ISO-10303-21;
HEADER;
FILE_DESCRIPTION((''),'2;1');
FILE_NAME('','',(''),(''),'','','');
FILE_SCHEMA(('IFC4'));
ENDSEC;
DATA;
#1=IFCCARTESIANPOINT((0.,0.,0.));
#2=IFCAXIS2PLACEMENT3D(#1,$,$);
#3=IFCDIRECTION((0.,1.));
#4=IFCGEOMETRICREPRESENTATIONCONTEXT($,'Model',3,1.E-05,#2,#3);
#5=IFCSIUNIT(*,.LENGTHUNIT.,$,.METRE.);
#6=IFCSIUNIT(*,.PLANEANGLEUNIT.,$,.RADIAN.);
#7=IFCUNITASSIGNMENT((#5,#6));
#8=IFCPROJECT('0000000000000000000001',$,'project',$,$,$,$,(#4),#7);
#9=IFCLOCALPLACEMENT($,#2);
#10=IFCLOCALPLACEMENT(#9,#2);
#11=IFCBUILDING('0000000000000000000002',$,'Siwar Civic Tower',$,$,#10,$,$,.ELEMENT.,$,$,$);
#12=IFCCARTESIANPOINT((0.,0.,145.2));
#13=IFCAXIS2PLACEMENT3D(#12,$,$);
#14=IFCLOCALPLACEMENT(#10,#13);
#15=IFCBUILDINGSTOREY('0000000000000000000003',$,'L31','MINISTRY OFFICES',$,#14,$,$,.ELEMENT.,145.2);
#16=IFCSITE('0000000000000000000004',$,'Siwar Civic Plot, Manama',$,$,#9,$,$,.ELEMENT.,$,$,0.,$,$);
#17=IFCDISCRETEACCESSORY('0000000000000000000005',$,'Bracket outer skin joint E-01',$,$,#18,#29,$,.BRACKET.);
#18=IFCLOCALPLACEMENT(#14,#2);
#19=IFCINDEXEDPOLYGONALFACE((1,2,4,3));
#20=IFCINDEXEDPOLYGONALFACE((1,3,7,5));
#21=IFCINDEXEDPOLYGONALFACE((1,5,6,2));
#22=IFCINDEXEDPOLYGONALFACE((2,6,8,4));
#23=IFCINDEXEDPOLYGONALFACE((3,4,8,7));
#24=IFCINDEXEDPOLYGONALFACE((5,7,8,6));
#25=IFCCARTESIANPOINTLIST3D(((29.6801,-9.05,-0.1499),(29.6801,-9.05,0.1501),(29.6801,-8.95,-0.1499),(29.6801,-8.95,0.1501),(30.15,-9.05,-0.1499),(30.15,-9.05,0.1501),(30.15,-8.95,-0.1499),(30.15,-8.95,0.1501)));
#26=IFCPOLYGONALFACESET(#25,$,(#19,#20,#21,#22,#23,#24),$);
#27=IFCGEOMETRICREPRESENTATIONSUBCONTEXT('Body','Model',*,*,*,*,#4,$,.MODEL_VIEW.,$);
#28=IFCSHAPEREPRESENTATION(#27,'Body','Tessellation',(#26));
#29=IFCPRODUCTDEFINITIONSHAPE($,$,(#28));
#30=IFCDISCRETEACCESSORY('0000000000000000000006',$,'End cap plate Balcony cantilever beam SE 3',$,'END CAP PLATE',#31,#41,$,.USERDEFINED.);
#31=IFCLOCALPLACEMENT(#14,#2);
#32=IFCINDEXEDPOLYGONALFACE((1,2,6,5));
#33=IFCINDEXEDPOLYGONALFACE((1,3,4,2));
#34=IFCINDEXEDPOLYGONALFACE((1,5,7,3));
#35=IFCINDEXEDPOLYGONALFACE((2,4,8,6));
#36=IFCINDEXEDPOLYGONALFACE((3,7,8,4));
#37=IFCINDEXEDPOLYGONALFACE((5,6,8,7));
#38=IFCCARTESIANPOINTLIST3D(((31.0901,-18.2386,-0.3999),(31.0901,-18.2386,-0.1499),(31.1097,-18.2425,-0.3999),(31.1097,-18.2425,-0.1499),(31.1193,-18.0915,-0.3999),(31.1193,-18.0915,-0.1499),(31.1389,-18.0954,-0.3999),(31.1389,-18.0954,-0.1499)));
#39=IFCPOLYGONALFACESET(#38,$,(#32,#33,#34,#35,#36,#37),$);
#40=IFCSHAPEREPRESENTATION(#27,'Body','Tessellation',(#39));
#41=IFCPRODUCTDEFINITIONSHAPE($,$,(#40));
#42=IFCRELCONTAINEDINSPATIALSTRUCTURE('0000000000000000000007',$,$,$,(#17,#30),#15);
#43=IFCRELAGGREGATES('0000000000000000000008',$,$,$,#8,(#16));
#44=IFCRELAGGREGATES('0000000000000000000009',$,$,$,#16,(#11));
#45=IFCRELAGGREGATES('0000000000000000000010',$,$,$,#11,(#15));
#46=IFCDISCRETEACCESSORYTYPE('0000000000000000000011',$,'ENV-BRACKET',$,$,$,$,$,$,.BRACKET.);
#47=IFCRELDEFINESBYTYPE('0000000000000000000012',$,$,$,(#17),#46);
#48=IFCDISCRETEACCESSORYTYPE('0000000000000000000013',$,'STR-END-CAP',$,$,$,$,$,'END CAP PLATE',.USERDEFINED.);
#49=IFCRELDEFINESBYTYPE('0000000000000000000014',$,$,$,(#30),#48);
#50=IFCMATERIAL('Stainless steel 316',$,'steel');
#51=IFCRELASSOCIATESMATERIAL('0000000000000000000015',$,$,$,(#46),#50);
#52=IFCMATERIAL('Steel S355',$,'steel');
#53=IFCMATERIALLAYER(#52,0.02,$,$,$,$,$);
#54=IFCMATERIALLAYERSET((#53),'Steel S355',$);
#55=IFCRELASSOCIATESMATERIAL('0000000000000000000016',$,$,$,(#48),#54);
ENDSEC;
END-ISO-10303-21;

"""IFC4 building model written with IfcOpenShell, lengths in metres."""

from ifc_helpers import new_model, si_unit, direction, frame, origin, origin_2d, place, context, subcontext, project, spatial, rectangle, extrude, material, layer, layer_set, type_object, element, save


model = new_model("IFC4")

# Units and contexts
model_context = context("Model", 3, precision=1e-05, world=origin(), true_north=direction((0.0, 1.0)))
body_context = subcontext(model_context, "Body", "Model", "MODEL_VIEW")
ifc_project = project(units=[si_unit("LENGTHUNIT", "METRE"), si_unit("PLANEANGLEUNIT", "RADIAN")], contexts=[model_context])

# Site, building, storey
site_placement = place(None, origin())
site = spatial("IfcSite", under=ifc_project, at=site_placement, Name="Siwar Civic Plot, Manama", CompositionType="ELEMENT", RefElevation=0.0)
building_placement = place(site_placement, origin())
building = spatial("IfcBuilding", under=site, at=building_placement, Name="Siwar Civic Tower", CompositionType="ELEMENT")
storey_placement = place(building_placement, frame((0.0, 0.0, 145.2)))
storey = spatial("IfcBuildingStorey", under=building, at=storey_placement, Name="L31", Description="MINISTRY OFFICES", CompositionType="ELEMENT", Elevation=145.2)

# Discrete accessories
ifc_material_1 = material(Name="Stainless steel 316", Category="steel")
discrete_accessory_type_1 = type_object("IfcDiscreteAccessoryType", Name="ENV-BRACKET", PredefinedType="BRACKET", material=ifc_material_1)
discrete_accessory_1_placement = place(storey_placement, frame((29.915, -9.0, -0.1499), z_axis=(0.0, 0.0, 1.0), x_axis=(1.0, 0.0, 0.0)))
element("IfcDiscreteAccessory", 1, at=discrete_accessory_1_placement, inside=storey, type_object=discrete_accessory_type_1, Name="Bracket outer skin joint E-01", PredefinedType="BRACKET", context=body_context, shape_type="SweptSolid", body=[
    extrude(rectangle(XDim=0.47, YDim=0.1001, at=origin_2d()), origin(), (0.0, 0.0, 1.0), 0.3),
])
ifc_material_2 = material(Name="Steel S355", Category="steel")
ifc_layer_1 = layer(ifc_material_2, 0.02)
ifc_layer_set_1 = layer_set([ifc_layer_1], Name="Steel S355")
discrete_accessory_type_2 = type_object("IfcDiscreteAccessoryType", Name="STR-END-CAP", ElementType="END CAP PLATE", PredefinedType="USERDEFINED", material=ifc_layer_set_1)
discrete_accessory_2_placement = place(storey_placement, frame((31.1145, -18.167, -0.3999), z_axis=(0.0, 0.0, 1.0), x_axis=(0.980785, -0.19509, 0.0)))
element("IfcDiscreteAccessory", 2, at=discrete_accessory_2_placement, inside=storey, type_object=discrete_accessory_type_2, Name="End cap plate Balcony cantilever beam SE 3", ObjectType="END CAP PLATE", PredefinedType="USERDEFINED", context=body_context, shape_type="SweptSolid", body=[
    extrude(rectangle(XDim=0.02, YDim=0.1499, at=origin_2d()), origin(), (0.0, 0.0, 1.0), 0.25),
])

save(model, "model.ifc")
